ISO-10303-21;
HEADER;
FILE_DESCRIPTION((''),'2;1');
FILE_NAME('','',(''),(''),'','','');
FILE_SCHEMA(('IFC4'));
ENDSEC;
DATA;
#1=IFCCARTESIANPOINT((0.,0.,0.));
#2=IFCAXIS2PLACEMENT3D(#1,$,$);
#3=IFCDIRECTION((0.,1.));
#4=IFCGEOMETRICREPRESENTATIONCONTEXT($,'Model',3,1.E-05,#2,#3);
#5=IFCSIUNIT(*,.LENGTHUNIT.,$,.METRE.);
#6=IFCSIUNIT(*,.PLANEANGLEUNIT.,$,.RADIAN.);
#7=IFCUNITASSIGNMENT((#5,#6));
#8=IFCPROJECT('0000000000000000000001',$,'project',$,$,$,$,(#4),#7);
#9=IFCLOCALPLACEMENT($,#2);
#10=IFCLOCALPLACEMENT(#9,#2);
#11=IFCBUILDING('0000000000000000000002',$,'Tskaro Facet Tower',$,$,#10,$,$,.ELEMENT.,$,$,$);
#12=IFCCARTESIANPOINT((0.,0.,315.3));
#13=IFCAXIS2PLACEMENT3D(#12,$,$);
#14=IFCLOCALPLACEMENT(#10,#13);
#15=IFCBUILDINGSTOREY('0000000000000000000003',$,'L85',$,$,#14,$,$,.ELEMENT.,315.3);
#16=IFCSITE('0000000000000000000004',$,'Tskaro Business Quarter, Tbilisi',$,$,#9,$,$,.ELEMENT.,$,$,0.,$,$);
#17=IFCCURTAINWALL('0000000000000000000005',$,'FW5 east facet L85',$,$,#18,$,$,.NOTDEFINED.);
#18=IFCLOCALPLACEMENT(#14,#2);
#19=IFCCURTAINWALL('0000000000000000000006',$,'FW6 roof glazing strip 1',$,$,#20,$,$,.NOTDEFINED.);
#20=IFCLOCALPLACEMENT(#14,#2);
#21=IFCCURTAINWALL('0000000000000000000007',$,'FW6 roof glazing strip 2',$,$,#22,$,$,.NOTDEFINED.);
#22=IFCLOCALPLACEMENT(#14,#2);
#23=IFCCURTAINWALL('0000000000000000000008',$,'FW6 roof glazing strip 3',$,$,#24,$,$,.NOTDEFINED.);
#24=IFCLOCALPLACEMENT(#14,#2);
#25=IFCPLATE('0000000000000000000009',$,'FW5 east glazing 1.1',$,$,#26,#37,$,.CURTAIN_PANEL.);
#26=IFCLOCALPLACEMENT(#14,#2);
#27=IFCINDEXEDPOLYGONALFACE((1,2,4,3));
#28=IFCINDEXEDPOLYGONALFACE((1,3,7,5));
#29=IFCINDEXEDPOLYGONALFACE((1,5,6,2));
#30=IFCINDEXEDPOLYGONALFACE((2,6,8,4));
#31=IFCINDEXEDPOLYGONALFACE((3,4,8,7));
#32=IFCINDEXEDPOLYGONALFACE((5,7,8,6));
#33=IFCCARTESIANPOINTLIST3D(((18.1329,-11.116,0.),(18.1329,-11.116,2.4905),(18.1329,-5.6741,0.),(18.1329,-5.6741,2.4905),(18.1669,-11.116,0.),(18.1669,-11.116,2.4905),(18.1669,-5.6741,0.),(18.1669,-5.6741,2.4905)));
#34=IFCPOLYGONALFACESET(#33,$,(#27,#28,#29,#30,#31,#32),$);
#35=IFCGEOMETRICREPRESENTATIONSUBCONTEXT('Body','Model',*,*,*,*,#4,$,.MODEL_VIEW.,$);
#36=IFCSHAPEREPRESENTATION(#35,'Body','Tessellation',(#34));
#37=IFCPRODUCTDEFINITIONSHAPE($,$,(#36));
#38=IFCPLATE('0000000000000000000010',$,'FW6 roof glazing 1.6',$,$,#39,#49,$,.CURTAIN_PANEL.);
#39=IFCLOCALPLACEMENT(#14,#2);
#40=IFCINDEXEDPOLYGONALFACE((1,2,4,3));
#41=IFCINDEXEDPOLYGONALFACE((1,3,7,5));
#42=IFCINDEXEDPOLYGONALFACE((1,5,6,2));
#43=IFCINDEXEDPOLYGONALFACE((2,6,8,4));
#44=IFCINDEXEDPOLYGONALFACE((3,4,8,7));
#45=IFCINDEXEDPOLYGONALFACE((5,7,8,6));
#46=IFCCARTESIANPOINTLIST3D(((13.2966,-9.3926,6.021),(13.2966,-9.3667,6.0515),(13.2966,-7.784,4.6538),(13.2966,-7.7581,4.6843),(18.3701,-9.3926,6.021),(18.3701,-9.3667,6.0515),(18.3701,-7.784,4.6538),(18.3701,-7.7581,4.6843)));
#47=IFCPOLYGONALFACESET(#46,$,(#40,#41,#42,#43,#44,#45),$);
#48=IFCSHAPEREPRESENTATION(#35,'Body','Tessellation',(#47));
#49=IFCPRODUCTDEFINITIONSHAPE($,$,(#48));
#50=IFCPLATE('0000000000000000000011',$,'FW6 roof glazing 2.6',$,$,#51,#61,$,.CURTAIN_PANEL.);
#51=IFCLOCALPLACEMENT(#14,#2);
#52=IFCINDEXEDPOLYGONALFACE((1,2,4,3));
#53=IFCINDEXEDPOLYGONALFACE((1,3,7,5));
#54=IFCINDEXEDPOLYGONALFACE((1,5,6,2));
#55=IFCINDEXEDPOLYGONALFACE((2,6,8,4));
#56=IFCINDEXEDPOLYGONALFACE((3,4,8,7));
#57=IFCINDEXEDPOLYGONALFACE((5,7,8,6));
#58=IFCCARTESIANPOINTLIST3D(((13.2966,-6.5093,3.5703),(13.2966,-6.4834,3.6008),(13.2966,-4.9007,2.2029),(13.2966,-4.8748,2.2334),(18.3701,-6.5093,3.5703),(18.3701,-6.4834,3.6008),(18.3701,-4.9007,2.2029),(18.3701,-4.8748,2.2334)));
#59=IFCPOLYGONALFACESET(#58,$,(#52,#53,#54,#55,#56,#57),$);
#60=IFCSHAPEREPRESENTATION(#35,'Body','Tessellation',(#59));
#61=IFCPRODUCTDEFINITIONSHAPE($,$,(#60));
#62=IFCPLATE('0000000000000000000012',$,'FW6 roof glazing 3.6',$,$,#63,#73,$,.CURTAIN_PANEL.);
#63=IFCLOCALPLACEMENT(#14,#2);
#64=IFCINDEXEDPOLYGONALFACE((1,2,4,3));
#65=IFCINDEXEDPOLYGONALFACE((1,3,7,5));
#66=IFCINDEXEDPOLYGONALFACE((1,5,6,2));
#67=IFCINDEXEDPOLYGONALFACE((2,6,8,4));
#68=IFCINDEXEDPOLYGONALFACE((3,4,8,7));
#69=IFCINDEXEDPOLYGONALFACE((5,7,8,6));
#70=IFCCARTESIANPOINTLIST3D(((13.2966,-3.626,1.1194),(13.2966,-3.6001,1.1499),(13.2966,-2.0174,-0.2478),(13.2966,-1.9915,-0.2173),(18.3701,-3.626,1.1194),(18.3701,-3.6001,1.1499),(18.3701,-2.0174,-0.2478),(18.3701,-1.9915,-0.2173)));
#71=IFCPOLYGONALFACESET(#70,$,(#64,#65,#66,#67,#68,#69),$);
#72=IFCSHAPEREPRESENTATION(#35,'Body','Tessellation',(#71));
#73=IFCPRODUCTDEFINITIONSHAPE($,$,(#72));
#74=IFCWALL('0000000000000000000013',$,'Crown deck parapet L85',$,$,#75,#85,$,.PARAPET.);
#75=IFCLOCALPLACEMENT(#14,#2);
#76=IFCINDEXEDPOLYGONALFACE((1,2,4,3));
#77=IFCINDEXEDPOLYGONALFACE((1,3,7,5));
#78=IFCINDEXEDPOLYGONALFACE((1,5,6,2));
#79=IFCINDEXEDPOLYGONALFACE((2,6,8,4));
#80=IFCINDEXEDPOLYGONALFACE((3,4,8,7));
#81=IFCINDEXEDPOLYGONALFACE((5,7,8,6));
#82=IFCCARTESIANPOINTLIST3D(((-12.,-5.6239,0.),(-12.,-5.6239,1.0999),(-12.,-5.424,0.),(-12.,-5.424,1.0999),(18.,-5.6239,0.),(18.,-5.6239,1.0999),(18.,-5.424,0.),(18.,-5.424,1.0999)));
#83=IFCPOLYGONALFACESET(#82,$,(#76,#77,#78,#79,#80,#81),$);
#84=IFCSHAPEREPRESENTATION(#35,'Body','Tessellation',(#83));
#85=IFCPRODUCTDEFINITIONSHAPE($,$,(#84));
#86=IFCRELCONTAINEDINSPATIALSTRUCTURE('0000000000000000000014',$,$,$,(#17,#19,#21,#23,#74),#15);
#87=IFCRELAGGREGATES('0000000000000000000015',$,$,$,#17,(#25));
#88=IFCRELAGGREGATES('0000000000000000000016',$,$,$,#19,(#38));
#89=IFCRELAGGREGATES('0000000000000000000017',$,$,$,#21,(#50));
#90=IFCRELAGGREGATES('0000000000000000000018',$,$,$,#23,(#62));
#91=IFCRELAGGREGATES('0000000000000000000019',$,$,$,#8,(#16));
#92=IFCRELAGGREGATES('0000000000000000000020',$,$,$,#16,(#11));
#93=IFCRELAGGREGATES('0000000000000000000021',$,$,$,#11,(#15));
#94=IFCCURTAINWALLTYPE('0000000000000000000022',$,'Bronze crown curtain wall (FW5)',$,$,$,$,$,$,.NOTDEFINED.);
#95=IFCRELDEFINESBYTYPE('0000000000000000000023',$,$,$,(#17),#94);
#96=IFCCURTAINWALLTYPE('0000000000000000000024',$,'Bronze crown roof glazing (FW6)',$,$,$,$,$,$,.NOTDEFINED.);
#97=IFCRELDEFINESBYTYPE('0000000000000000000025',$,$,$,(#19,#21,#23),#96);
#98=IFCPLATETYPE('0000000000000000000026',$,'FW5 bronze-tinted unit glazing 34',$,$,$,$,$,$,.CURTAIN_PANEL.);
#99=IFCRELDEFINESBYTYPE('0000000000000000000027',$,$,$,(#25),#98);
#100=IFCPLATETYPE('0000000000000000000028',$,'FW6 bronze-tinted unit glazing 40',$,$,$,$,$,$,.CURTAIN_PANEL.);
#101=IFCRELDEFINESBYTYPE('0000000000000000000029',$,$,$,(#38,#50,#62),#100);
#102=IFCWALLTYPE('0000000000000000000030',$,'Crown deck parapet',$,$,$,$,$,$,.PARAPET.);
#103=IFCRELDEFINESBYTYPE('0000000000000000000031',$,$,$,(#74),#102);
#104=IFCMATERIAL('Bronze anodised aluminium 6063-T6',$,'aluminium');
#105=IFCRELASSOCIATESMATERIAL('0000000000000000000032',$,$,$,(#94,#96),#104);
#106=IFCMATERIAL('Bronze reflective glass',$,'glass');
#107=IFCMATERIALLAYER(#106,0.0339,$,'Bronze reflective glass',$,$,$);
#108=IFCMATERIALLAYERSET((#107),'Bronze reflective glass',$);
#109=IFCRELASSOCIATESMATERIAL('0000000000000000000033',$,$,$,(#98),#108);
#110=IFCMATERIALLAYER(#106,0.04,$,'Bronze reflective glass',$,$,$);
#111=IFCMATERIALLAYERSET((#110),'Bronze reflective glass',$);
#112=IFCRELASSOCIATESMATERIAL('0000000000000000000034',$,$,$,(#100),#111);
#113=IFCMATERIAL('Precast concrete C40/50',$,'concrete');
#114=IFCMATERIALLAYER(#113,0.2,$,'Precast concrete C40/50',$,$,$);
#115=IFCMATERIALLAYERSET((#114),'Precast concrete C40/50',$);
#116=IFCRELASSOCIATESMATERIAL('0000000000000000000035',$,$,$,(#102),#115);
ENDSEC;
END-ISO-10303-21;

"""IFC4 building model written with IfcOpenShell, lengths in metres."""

from ifc_helpers import new_model, si_unit, direction, frame, frame_2d, origin, origin_2d, place, context, subcontext, project, spatial, polyline, rectangle, outline, extrude, material, layer, layer_set, type_object, element, aggregate, save


model = new_model("IFC4")

# Units and contexts
model_context = context("Model", 3, precision=1e-05, world=origin(), true_north=direction((0.0, 1.0)))
body_context = subcontext(model_context, "Body", "Model", "MODEL_VIEW")
ifc_project = project(units=[si_unit("LENGTHUNIT", "METRE"), si_unit("PLANEANGLEUNIT", "RADIAN")], contexts=[model_context])

# Site, building, storey
site_placement = place(None, origin())
site = spatial("IfcSite", under=ifc_project, at=site_placement, Name="Tskaro Business Quarter, Tbilisi", CompositionType="ELEMENT", RefElevation=0.0)
building_placement = place(site_placement, origin())
building = spatial("IfcBuilding", under=site, at=building_placement, Name="Tskaro Facet Tower", CompositionType="ELEMENT")
storey_placement = place(building_placement, frame((0.0, 0.0, 315.3)))
storey = spatial("IfcBuildingStorey", under=building, at=storey_placement, Name="L85", CompositionType="ELEMENT", Elevation=315.3)

# Curtain wall
ifc_material_1 = material(Name="Bronze anodised aluminium 6063-T6", Category="aluminium")
curtain_wall_type_1 = type_object("IfcCurtainWallType", Name="Bronze crown curtain wall (FW5)", PredefinedType="NOTDEFINED", material=ifc_material_1)
curtain_wall_1_placement = place(storey_placement, origin())
curtain_wall_1 = element("IfcCurtainWall", 1, at=curtain_wall_1_placement, inside=storey, type_object=curtain_wall_type_1, Name="FW5 east facet L85", PredefinedType="NOTDEFINED")

# Curtain walls
curtain_wall_type_2 = type_object("IfcCurtainWallType", Name="Bronze crown roof glazing (FW6)", PredefinedType="NOTDEFINED", material=ifc_material_1)
curtain_wall_2_placement = place(storey_placement, origin())
curtain_wall_2 = element("IfcCurtainWall", 2, at=curtain_wall_2_placement, inside=storey, type_object=curtain_wall_type_2, Name="FW6 roof glazing strip 1", PredefinedType="NOTDEFINED")
curtain_wall_3_placement = place(storey_placement, origin())
curtain_wall_3 = element("IfcCurtainWall", 3, at=curtain_wall_3_placement, inside=storey, type_object=curtain_wall_type_2, Name="FW6 roof glazing strip 2", PredefinedType="NOTDEFINED")
curtain_wall_4_placement = place(storey_placement, origin())
curtain_wall_4 = element("IfcCurtainWall", 4, at=curtain_wall_4_placement, inside=storey, type_object=curtain_wall_type_2, Name="FW6 roof glazing strip 3", PredefinedType="NOTDEFINED")

# Shared definitions
ifc_material_2 = material(Name="Bronze reflective glass", Category="glass")
ifc_layer_1 = layer(ifc_material_2, 0.0339, Name="Bronze reflective glass")
ifc_layer_set_1 = layer_set([ifc_layer_1], Name="Bronze reflective glass")
plate_type_1 = type_object("IfcPlateType", Name="FW5 bronze-tinted unit glazing 34", PredefinedType="CURTAIN_PANEL", material=ifc_layer_set_1)

# Plates
plate_1_placement = place(storey_placement, frame((18.1499, -8.395, 0.0), z_axis=(0.0, 0.0, 1.0), x_axis=(0.0, 1.0, 0.0)))
plate_1 = element("IfcPlate", 5, at=plate_1_placement, type_object=plate_type_1, Name="FW5 east glazing 1.1", PredefinedType="CURTAIN_PANEL", context=body_context, shape_type="SweptSolid", body=[
    extrude(rectangle(XDim=5.4419, YDim=0.0339, at=origin_2d()), origin(), (0.0, 0.0, 1.0), 2.4905),
])
aggregate(curtain_wall_1, [plate_1])
ifc_layer_2 = layer(ifc_material_2, 0.04, Name="Bronze reflective glass")
ifc_layer_set_2 = layer_set([ifc_layer_2], Name="Bronze reflective glass")
plate_type_2 = type_object("IfcPlateType", Name="FW6 bronze-tinted unit glazing 40", PredefinedType="CURTAIN_PANEL", material=ifc_layer_set_2)
plate_2_placement = place(storey_placement, frame((13.2966, -9.3667, 6.0515), z_axis=(0.0, 0.647605, 0.761976), x_axis=(1.0, 0.0, 0.0)))
plate_2 = element("IfcPlate", 6, at=plate_2_placement, type_object=plate_type_2, Name="FW6 roof glazing 1.6", PredefinedType="CURTAIN_PANEL", context=body_context, shape_type="SweptSolid", body=[
    extrude(outline(polyline([(0.0, 0.0), (5.0735, 0.0), (5.0735, 2.1111), (0.0, 2.1111), (0.0, 0.0)])), origin(), (0.0, 0.0, -1.0), 0.04),
])
aggregate(curtain_wall_2, [plate_2])
plate_3_placement = place(storey_placement, frame((13.2966, -6.4834, 3.6008), z_axis=(0.0, 0.647672, 0.761919), x_axis=(1.0, 0.0, 0.0)))
plate_3 = element("IfcPlate", 7, at=plate_3_placement, type_object=plate_type_2, Name="FW6 roof glazing 2.6", PredefinedType="CURTAIN_PANEL", context=body_context, shape_type="SweptSolid", body=[
    extrude(outline(polyline([(0.0, 0.0), (5.0735, 0.0), (5.0735, 2.1113), (0.0, 2.1113), (0.0, 0.0)])), origin(), (0.0, 0.0, -1.0), 0.04),
])
aggregate(curtain_wall_3, [plate_3])
plate_4_placement = place(storey_placement, frame((13.2966, -3.6001, 1.1499), z_axis=(0.0, 0.647605, 0.761976), x_axis=(1.0, 0.0, 0.0)))
plate_4 = element("IfcPlate", 8, at=plate_4_placement, type_object=plate_type_2, Name="FW6 roof glazing 3.6", PredefinedType="CURTAIN_PANEL", context=body_context, shape_type="SweptSolid", body=[
    extrude(outline(polyline([(0.0, 0.0), (5.0735, 0.0), (5.0735, 2.1111), (0.0, 2.1111), (0.0, 0.0)])), origin(), (0.0, 0.0, -1.0), 0.04),
])
aggregate(curtain_wall_4, [plate_4])

# Wall
ifc_material_3 = material(Name="Precast concrete C40/50", Category="concrete")
ifc_layer_3 = layer(ifc_material_3, 0.2, Name="Precast concrete C40/50")
ifc_layer_set_3 = layer_set([ifc_layer_3], Name="Precast concrete C40/50")
wall_type = type_object("IfcWallType", Name="Crown deck parapet", PredefinedType="PARAPET", material=ifc_layer_set_3)
wall_placement = place(storey_placement, frame((18.0, -5.5239, 0.0), z_axis=(0.0, 0.0, 1.0), x_axis=(-1.0, 0.0, 0.0)))
element("IfcWall", 9, at=wall_placement, inside=storey, type_object=wall_type, Name="Crown deck parapet L85", PredefinedType="PARAPET", context=body_context, shape_type="SweptSolid", body=[
    extrude(rectangle(XDim=30.0, YDim=0.2, at=frame_2d((15.0, 0.0))), origin(), (0.0, 0.0, 1.0), 1.0999),
])

save(model, "model.ifc")
